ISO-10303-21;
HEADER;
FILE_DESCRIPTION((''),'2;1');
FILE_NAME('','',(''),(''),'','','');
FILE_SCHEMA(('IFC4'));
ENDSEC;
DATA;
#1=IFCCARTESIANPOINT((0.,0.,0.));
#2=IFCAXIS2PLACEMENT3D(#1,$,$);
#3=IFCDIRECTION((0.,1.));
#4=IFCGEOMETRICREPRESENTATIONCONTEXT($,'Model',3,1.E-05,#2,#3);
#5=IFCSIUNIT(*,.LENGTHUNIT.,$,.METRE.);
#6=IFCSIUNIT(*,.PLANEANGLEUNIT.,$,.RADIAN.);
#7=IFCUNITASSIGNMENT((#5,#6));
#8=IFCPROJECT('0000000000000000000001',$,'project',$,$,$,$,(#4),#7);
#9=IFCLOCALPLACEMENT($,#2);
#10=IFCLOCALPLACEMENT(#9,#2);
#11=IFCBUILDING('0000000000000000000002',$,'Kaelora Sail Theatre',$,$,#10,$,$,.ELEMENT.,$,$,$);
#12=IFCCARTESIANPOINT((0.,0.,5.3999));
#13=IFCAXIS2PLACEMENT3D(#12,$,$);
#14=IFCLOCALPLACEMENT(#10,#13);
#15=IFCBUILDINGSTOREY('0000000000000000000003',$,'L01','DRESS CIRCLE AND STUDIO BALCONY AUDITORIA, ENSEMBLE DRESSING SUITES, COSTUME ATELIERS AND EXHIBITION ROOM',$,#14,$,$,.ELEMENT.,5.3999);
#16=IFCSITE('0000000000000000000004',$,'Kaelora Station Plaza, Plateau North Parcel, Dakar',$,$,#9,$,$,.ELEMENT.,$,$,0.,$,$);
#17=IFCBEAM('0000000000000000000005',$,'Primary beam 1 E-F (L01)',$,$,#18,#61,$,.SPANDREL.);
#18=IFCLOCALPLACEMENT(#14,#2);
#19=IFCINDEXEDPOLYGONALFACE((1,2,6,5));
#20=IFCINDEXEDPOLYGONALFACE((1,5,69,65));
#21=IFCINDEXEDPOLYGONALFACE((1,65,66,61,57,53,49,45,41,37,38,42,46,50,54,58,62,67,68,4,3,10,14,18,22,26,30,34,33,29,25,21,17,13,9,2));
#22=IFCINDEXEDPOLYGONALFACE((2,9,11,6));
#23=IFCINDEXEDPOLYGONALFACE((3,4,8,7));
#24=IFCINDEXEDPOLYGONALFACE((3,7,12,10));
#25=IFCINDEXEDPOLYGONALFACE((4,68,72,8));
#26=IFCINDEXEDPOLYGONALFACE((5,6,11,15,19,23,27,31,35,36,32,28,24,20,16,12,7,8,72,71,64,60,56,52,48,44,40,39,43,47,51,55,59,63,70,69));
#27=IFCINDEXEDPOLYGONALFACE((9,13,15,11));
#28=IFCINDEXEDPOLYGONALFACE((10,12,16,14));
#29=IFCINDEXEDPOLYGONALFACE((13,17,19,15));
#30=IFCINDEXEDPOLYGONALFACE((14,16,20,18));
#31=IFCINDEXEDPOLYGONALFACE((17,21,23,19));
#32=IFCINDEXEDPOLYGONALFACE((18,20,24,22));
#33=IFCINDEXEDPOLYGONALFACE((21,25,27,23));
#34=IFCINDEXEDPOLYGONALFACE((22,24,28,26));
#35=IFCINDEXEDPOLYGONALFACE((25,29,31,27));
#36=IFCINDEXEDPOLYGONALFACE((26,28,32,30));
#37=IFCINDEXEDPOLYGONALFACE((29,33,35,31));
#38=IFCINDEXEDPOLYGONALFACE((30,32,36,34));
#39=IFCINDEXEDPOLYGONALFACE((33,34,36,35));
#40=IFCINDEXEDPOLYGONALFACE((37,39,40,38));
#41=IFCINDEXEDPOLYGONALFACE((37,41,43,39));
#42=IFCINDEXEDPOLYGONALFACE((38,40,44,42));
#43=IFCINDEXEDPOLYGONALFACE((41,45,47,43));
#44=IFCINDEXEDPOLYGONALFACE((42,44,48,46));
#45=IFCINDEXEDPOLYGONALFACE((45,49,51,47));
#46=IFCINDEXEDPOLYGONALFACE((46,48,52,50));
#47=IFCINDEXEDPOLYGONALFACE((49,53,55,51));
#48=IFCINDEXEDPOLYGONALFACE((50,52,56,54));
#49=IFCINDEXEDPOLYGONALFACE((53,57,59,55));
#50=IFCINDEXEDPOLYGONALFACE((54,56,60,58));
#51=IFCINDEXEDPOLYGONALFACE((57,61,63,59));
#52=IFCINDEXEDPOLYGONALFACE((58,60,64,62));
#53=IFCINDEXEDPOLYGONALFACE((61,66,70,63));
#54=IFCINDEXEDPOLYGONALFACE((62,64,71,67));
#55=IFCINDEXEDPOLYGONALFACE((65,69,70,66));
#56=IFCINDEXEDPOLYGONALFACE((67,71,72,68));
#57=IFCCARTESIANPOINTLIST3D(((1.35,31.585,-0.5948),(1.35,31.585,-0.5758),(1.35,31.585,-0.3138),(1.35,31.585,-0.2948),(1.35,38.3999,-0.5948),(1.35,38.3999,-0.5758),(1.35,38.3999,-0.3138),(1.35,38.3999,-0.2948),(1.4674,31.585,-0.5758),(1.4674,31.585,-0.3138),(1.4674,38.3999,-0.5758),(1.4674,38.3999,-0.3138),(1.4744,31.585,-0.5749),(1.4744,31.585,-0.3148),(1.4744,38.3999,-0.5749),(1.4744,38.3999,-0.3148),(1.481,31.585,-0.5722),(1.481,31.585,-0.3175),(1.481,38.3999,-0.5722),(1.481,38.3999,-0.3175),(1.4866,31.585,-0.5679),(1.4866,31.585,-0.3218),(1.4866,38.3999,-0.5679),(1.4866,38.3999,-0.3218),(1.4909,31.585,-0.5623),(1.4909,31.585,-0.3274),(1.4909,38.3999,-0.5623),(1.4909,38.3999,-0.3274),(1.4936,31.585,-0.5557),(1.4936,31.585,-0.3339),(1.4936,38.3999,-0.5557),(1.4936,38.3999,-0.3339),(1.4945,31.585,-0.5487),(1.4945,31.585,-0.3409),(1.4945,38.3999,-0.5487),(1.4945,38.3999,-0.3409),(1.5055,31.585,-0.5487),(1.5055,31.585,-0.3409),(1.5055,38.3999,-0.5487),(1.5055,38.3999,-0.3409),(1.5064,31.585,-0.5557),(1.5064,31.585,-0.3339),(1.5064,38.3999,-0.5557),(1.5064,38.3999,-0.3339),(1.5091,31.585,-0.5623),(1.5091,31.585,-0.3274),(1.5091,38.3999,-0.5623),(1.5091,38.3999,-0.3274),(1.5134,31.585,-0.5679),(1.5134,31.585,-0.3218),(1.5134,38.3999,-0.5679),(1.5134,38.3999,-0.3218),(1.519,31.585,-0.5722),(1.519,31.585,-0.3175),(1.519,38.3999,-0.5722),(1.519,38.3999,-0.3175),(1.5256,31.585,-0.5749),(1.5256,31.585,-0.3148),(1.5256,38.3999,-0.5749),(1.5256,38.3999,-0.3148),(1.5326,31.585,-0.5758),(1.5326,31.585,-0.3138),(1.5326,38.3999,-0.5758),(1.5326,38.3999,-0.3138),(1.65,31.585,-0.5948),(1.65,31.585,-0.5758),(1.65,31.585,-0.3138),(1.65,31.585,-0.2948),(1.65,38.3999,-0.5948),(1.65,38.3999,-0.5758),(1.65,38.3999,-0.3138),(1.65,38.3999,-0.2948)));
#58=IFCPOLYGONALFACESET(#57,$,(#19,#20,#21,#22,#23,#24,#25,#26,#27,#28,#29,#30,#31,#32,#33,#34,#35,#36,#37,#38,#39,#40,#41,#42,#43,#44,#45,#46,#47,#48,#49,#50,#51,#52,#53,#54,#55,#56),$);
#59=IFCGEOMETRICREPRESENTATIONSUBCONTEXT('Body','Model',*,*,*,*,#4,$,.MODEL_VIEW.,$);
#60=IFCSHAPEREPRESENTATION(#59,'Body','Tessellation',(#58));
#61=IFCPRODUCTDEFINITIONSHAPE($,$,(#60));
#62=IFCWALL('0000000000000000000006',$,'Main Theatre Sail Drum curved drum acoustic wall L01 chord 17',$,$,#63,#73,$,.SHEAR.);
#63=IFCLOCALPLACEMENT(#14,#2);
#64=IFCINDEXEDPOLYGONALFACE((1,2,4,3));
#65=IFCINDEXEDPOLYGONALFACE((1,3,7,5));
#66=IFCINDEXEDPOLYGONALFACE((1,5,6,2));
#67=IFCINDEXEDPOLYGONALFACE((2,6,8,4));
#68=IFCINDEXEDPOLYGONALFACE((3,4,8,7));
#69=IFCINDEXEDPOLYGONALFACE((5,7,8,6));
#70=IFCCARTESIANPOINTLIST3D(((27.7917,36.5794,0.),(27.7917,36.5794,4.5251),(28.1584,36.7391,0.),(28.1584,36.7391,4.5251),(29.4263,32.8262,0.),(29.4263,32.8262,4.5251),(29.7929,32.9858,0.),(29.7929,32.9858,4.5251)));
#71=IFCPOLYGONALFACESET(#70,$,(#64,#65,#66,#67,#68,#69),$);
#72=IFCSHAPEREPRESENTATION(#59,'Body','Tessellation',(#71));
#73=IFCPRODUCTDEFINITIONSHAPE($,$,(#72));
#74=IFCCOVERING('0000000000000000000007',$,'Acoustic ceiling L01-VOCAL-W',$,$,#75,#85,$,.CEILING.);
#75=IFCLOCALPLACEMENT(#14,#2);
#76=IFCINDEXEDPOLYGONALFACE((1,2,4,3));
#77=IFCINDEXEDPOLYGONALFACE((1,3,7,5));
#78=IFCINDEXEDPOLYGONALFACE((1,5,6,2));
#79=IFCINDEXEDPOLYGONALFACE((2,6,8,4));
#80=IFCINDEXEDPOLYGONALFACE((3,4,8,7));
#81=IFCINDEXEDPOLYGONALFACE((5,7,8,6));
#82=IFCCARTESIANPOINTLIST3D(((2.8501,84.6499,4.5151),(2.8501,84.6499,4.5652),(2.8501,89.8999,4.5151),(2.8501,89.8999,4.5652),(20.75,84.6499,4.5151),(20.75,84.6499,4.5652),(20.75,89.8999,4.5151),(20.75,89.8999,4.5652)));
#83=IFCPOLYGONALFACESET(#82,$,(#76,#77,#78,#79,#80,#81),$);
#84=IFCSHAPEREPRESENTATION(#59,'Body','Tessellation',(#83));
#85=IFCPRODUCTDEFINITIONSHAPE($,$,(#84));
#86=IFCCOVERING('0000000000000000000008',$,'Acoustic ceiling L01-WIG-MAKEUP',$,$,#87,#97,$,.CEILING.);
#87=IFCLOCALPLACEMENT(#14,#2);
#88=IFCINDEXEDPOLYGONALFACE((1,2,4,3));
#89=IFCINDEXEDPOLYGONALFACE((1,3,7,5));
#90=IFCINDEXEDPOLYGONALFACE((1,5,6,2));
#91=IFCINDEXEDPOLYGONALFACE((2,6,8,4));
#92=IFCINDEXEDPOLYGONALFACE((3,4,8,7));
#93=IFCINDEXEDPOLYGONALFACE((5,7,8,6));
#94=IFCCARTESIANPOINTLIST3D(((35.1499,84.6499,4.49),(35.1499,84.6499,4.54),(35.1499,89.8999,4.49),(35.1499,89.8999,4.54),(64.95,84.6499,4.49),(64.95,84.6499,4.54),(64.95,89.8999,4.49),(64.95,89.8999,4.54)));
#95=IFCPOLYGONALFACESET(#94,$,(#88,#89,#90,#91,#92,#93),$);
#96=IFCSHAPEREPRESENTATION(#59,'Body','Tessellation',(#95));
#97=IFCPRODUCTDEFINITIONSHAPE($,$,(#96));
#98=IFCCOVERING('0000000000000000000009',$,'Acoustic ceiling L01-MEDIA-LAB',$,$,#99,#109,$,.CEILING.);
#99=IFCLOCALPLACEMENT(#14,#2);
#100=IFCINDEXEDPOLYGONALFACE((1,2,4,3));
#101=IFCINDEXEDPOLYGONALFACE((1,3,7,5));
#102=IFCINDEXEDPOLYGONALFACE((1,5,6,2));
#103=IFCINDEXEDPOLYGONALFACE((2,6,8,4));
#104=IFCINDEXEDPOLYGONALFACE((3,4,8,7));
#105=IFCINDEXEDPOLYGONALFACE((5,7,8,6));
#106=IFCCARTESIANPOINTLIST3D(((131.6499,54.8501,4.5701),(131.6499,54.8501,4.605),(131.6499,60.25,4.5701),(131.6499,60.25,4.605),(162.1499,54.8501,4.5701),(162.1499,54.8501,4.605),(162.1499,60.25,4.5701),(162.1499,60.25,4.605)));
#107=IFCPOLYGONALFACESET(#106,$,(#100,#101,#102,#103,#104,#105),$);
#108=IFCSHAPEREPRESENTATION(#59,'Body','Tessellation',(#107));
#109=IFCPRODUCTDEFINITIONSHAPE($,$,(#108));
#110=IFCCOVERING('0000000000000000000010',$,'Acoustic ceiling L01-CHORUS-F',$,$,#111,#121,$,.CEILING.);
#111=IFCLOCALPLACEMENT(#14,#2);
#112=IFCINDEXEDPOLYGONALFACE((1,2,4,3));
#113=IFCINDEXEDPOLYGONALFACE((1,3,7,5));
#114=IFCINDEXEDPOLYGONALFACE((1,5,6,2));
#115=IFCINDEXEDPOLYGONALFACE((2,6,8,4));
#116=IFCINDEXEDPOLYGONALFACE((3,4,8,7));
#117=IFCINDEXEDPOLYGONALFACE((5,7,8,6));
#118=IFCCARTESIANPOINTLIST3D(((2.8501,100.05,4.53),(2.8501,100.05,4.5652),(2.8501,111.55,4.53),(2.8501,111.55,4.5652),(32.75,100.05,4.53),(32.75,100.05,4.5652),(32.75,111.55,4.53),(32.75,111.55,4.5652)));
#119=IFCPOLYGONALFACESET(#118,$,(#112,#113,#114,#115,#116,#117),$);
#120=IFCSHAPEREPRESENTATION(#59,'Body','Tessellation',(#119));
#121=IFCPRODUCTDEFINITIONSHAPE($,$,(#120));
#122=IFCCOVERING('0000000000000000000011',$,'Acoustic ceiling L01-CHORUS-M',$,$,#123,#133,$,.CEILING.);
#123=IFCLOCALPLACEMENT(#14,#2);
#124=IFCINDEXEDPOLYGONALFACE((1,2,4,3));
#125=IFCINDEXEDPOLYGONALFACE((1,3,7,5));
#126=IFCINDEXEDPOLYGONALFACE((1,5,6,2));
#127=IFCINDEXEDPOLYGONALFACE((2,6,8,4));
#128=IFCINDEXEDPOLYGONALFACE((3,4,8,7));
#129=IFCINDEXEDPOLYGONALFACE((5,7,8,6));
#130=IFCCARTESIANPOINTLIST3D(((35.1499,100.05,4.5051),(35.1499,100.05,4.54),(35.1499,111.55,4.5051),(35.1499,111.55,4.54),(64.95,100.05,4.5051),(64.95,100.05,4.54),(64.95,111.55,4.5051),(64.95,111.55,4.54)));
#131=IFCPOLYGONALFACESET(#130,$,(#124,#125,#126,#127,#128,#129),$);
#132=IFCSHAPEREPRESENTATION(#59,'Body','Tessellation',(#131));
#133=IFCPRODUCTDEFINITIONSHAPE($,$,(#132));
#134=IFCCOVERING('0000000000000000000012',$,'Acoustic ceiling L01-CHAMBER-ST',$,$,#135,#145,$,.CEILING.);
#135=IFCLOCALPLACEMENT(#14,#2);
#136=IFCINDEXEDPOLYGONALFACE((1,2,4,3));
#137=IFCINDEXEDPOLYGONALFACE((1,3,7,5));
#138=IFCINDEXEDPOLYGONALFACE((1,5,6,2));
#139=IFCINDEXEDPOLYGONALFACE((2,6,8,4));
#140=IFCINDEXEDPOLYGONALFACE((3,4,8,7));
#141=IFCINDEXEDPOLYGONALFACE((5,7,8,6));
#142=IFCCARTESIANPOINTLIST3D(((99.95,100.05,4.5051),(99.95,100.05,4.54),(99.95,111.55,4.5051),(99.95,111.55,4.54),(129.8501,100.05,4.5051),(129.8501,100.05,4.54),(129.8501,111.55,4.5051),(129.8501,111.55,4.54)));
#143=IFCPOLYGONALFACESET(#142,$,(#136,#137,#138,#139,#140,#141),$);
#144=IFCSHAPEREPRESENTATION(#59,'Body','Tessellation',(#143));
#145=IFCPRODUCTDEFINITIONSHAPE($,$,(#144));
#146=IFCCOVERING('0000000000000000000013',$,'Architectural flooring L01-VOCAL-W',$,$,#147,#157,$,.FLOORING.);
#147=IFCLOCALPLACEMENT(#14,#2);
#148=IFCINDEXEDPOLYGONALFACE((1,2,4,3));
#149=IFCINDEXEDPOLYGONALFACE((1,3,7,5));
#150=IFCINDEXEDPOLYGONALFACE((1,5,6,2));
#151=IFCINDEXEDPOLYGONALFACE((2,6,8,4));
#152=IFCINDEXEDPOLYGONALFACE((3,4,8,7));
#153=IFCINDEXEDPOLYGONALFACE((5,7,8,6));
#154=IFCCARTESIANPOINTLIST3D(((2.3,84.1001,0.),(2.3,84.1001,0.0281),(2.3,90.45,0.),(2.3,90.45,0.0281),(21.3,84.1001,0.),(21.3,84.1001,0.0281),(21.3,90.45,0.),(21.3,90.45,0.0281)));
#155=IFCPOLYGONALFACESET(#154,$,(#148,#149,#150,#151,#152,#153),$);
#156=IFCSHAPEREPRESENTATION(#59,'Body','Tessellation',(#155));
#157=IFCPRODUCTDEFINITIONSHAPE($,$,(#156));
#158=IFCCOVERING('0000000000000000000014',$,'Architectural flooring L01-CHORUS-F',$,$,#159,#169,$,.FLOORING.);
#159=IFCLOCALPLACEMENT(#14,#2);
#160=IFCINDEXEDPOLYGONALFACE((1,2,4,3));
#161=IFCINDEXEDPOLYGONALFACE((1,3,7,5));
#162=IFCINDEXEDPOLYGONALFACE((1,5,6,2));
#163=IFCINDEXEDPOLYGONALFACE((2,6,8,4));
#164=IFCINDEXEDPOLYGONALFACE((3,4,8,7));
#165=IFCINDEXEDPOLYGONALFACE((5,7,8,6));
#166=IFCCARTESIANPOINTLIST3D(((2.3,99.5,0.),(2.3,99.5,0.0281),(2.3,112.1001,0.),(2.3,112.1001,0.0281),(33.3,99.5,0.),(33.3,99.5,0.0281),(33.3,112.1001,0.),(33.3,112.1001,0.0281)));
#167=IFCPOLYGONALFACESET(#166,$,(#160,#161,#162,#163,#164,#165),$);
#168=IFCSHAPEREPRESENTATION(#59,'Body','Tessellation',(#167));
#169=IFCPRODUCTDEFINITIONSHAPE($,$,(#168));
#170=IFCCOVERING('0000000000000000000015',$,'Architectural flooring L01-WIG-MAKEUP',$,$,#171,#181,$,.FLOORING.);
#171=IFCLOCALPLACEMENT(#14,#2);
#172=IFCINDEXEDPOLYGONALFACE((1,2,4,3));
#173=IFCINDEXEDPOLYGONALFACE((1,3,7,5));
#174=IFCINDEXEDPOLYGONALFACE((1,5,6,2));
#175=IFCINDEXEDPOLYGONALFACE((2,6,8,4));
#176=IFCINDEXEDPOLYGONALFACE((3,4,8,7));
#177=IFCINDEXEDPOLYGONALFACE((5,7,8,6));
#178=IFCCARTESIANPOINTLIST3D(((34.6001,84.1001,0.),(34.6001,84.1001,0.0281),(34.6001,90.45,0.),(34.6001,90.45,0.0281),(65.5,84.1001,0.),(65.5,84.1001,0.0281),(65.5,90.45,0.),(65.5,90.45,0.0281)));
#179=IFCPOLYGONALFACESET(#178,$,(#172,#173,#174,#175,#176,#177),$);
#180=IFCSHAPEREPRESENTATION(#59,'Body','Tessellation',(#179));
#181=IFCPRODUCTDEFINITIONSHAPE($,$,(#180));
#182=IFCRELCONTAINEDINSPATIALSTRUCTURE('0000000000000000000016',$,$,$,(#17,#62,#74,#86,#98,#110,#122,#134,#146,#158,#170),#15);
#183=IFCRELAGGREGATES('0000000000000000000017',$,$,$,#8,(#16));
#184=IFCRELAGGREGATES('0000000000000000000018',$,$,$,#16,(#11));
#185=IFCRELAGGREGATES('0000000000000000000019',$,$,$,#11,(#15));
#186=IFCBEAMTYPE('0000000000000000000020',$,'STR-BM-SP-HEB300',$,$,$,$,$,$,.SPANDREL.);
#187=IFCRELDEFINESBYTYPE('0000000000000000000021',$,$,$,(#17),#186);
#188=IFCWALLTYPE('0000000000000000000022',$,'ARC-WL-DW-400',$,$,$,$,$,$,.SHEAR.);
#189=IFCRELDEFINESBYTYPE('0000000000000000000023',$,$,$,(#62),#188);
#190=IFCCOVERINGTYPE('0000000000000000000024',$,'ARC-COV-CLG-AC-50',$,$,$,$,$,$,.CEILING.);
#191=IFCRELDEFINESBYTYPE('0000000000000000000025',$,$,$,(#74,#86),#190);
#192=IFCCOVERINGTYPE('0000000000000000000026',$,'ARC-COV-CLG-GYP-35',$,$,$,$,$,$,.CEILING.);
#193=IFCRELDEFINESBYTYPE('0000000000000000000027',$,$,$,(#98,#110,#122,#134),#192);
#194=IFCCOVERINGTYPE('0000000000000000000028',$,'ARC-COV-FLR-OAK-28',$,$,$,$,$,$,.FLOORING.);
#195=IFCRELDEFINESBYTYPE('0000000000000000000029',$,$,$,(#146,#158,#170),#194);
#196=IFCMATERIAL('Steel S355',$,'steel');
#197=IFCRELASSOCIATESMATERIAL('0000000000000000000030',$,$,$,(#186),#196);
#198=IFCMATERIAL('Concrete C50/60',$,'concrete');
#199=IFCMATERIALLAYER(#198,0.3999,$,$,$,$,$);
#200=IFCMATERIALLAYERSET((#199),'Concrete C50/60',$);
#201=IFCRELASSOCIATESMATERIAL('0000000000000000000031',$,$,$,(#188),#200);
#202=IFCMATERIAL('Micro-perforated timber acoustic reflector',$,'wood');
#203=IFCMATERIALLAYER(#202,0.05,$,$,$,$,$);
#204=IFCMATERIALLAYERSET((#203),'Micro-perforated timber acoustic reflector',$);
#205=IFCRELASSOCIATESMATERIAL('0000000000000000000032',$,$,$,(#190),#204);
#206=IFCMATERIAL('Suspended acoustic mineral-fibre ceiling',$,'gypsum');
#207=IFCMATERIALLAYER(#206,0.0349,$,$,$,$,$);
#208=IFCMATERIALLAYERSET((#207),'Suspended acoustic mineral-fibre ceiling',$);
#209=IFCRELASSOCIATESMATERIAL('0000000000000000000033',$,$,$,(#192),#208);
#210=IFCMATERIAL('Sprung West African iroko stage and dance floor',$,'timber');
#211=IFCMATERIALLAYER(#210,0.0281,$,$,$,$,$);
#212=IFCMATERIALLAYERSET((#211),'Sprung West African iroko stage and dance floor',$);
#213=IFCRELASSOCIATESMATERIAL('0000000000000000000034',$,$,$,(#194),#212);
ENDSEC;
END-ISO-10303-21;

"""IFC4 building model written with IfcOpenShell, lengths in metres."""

from ifc_helpers import new_model, si_unit, direction, frame, frame_2d, origin, origin_2d, place, context, subcontext, project, spatial, polyline, rectangle, i_section, outline, extrude, material, layer, layer_set, material_profile, profile_set, type_object, element, save


model = new_model("IFC4")

# Units and contexts
model_context = context("Model", 3, precision=1e-05, world=origin(), true_north=direction((0.0, 1.0)))
body_context = subcontext(model_context, "Body", "Model", "MODEL_VIEW")
ifc_project = project(units=[si_unit("LENGTHUNIT", "METRE"), si_unit("PLANEANGLEUNIT", "RADIAN")], contexts=[model_context])

# Site, building, storey
site_placement = place(None, origin())
site = spatial("IfcSite", under=ifc_project, at=site_placement, Name="Kaelora Station Plaza, Plateau North Parcel, Dakar", CompositionType="ELEMENT", RefElevation=0.0)
building_placement = place(site_placement, origin())
building = spatial("IfcBuilding", under=site, at=building_placement, Name="Kaelora Sail Theatre", CompositionType="ELEMENT")
storey_placement = place(building_placement, frame((0.0, 0.0, 5.3999)))
storey = spatial("IfcBuildingStorey", under=building, at=storey_placement, Name="L01", Description="DRESS CIRCLE AND STUDIO BALCONY AUDITORIA, ENSEMBLE DRESSING SUITES, COSTUME ATELIERS AND EXHIBITION ROOM", CompositionType="ELEMENT", Elevation=5.3999)

# Beam
ifc_material_1 = material(Name="Steel S355", Category="steel")
ifc_material_profile_1 = material_profile(ifc_material_1, i_section(OverallWidth=0.3, OverallDepth=0.3, WebThickness=0.011, FlangeThickness=0.019, FilletRadius=0.0271, at=origin_2d()), Name="HEB 300")
ifc_profile_set_1 = profile_set([ifc_material_profile_1], Name="Steel S355")
beam_type_1 = type_object("IfcBeamType", Name="STR-BM-SP-HEB300", PredefinedType="SPANDREL", material=ifc_profile_set_1)
beam_1_placement = place(storey_placement, frame((1.5, 31.585, -0.4448), z_axis=(0.0, 1.0, 0.0), x_axis=(-1.0, 0.0, 0.0)))
element("IfcBeam", 1, at=beam_1_placement, inside=storey, type_object=beam_type_1, Name="Primary beam 1 E-F (L01)", PredefinedType="SPANDREL", context=body_context, shape_type="SweptSolid", body=[
    extrude(i_section(OverallWidth=0.3, OverallDepth=0.3, WebThickness=0.011, FlangeThickness=0.019, FilletRadius=0.0271, at=origin_2d()), origin(), (0.0, 0.0, 1.0), 6.8149),
])

# Wall
ifc_material_2 = material(Name="Concrete C50/60", Category="concrete")
ifc_layer_1 = layer(ifc_material_2, 0.3999)
ifc_layer_set_1 = layer_set([ifc_layer_1], Name="Concrete C50/60")
wall_type = type_object("IfcWallType", Name="ARC-WL-DW-400", PredefinedType="SHEAR", material=ifc_layer_set_1)
wall_placement = place(storey_placement, frame((29.6096, 32.906, 0.0), z_axis=(0.0, 0.0, 1.0), x_axis=(-0.399282, 0.916828, 0.0)))
element("IfcWall", 2, at=wall_placement, inside=storey, type_object=wall_type, Name="Main Theatre Sail Drum curved drum acoustic wall L01 chord 17", PredefinedType="SHEAR", context=body_context, shape_type="SweptSolid", body=[
    extrude(rectangle(XDim=4.0938, YDim=0.3999, at=frame_2d((2.0469, 0.0))), origin(), (0.0, 0.0, 1.0), 4.5251),
])

# Coverings
ifc_material_3 = material(Name="Micro-perforated timber acoustic reflector", Category="wood")
ifc_layer_2 = layer(ifc_material_3, 0.05)
ifc_layer_set_2 = layer_set([ifc_layer_2], Name="Micro-perforated timber acoustic reflector")
covering_type_1 = type_object("IfcCoveringType", Name="ARC-COV-CLG-AC-50", PredefinedType="CEILING", material=ifc_layer_set_2)
covering_1_placement = place(storey_placement, frame((0.0, 0.0, 4.5151)))
element("IfcCovering", 3, at=covering_1_placement, inside=storey, type_object=covering_type_1, Name="Acoustic ceiling L01-VOCAL-W", PredefinedType="CEILING", context=body_context, shape_type="SweptSolid", body=[
    extrude(outline(polyline([(2.8501, 84.6499), (20.75, 84.6499), (20.75, 89.8999), (2.8501, 89.8999), (2.8501, 84.6499)])), origin(), (0.0, 0.0, 1.0), 0.05),
])
covering_2_placement = place(storey_placement, frame((0.0, 0.0, 4.49)))
element("IfcCovering", 4, at=covering_2_placement, inside=storey, type_object=covering_type_1, Name="Acoustic ceiling L01-WIG-MAKEUP", PredefinedType="CEILING", context=body_context, shape_type="SweptSolid", body=[
    extrude(outline(polyline([(35.1499, 84.6499), (64.95, 84.6499), (64.95, 89.8999), (35.1499, 89.8999), (35.1499, 84.6499)])), origin(), (0.0, 0.0, 1.0), 0.05),
])
ifc_material_4 = material(Name="Suspended acoustic mineral-fibre ceiling", Category="gypsum")
ifc_layer_3 = layer(ifc_material_4, 0.0349)
ifc_layer_set_3 = layer_set([ifc_layer_3], Name="Suspended acoustic mineral-fibre ceiling")
covering_type_2 = type_object("IfcCoveringType", Name="ARC-COV-CLG-GYP-35", PredefinedType="CEILING", material=ifc_layer_set_3)
covering_3_placement = place(storey_placement, frame((0.0, 0.0, 4.5701)))
element("IfcCovering", 5, at=covering_3_placement, inside=storey, type_object=covering_type_2, Name="Acoustic ceiling L01-MEDIA-LAB", PredefinedType="CEILING", context=body_context, shape_type="SweptSolid", body=[
    extrude(outline(polyline([(131.6499, 54.8501), (162.1499, 54.8501), (162.1499, 60.25), (131.6499, 60.25), (131.6499, 54.8501)])), origin(), (0.0, 0.0, 1.0), 0.0349),
])
covering_4_placement = place(storey_placement, frame((0.0, 0.0, 4.53)))
element("IfcCovering", 6, at=covering_4_placement, inside=storey, type_object=covering_type_2, Name="Acoustic ceiling L01-CHORUS-F", PredefinedType="CEILING", context=body_context, shape_type="SweptSolid", body=[
    extrude(outline(polyline([(2.8501, 100.05), (32.75, 100.05), (32.75, 111.55), (2.8501, 111.55), (2.8501, 100.05)])), origin(), (0.0, 0.0, 1.0), 0.0352),
])
covering_5_placement = place(storey_placement, frame((0.0, 0.0, 4.5051)))
element("IfcCovering", 7, at=covering_5_placement, inside=storey, type_object=covering_type_2, Name="Acoustic ceiling L01-CHORUS-M", PredefinedType="CEILING", context=body_context, shape_type="SweptSolid", body=[
    extrude(outline(polyline([(35.1499, 100.05), (64.95, 100.05), (64.95, 111.55), (35.1499, 111.55), (35.1499, 100.05)])), origin(), (0.0, 0.0, 1.0), 0.0349),
])
covering_6_placement = place(storey_placement, frame((0.0, 0.0, 4.5051)))
element("IfcCovering", 8, at=covering_6_placement, inside=storey, type_object=covering_type_2, Name="Acoustic ceiling L01-CHAMBER-ST", PredefinedType="CEILING", context=body_context, shape_type="SweptSolid", body=[
    extrude(outline(polyline([(99.95, 100.05), (129.8501, 100.05), (129.8501, 111.55), (99.95, 111.55), (99.95, 100.05)])), origin(), (0.0, 0.0, 1.0), 0.0349),
])
ifc_material_5 = material(Name="Sprung West African iroko stage and dance floor", Category="timber")
ifc_layer_4 = layer(ifc_material_5, 0.0281)
ifc_layer_set_4 = layer_set([ifc_layer_4], Name="Sprung West African iroko stage and dance floor")
covering_type_3 = type_object("IfcCoveringType", Name="ARC-COV-FLR-OAK-28", PredefinedType="FLOORING", material=ifc_layer_set_4)
covering_7_placement = place(storey_placement, origin())
element("IfcCovering", 9, at=covering_7_placement, inside=storey, type_object=covering_type_3, Name="Architectural flooring L01-VOCAL-W", PredefinedType="FLOORING", context=body_context, shape_type="SweptSolid", body=[
    extrude(outline(polyline([(2.3, 84.1001), (21.3, 84.1001), (21.3, 90.45), (2.3, 90.45), (2.3, 84.1001)])), origin(), (0.0, 0.0, 1.0), 0.0281),
])
covering_8_placement = place(storey_placement, origin())
element("IfcCovering", 10, at=covering_8_placement, inside=storey, type_object=covering_type_3, Name="Architectural flooring L01-CHORUS-F", PredefinedType="FLOORING", context=body_context, shape_type="SweptSolid", body=[
    extrude(outline(polyline([(2.3, 99.5), (33.3, 99.5), (33.3, 112.1001), (2.3, 112.1001), (2.3, 99.5)])), origin(), (0.0, 0.0, 1.0), 0.0281),
])
covering_9_placement = place(storey_placement, origin())
element("IfcCovering", 11, at=covering_9_placement, inside=storey, type_object=covering_type_3, Name="Architectural flooring L01-WIG-MAKEUP", PredefinedType="FLOORING", context=body_context, shape_type="SweptSolid", body=[
    extrude(outline(polyline([(34.6001, 84.1001), (65.5, 84.1001), (65.5, 90.45), (34.6001, 90.45), (34.6001, 84.1001)])), origin(), (0.0, 0.0, 1.0), 0.0281),
])

save(model, "model.ifc")
